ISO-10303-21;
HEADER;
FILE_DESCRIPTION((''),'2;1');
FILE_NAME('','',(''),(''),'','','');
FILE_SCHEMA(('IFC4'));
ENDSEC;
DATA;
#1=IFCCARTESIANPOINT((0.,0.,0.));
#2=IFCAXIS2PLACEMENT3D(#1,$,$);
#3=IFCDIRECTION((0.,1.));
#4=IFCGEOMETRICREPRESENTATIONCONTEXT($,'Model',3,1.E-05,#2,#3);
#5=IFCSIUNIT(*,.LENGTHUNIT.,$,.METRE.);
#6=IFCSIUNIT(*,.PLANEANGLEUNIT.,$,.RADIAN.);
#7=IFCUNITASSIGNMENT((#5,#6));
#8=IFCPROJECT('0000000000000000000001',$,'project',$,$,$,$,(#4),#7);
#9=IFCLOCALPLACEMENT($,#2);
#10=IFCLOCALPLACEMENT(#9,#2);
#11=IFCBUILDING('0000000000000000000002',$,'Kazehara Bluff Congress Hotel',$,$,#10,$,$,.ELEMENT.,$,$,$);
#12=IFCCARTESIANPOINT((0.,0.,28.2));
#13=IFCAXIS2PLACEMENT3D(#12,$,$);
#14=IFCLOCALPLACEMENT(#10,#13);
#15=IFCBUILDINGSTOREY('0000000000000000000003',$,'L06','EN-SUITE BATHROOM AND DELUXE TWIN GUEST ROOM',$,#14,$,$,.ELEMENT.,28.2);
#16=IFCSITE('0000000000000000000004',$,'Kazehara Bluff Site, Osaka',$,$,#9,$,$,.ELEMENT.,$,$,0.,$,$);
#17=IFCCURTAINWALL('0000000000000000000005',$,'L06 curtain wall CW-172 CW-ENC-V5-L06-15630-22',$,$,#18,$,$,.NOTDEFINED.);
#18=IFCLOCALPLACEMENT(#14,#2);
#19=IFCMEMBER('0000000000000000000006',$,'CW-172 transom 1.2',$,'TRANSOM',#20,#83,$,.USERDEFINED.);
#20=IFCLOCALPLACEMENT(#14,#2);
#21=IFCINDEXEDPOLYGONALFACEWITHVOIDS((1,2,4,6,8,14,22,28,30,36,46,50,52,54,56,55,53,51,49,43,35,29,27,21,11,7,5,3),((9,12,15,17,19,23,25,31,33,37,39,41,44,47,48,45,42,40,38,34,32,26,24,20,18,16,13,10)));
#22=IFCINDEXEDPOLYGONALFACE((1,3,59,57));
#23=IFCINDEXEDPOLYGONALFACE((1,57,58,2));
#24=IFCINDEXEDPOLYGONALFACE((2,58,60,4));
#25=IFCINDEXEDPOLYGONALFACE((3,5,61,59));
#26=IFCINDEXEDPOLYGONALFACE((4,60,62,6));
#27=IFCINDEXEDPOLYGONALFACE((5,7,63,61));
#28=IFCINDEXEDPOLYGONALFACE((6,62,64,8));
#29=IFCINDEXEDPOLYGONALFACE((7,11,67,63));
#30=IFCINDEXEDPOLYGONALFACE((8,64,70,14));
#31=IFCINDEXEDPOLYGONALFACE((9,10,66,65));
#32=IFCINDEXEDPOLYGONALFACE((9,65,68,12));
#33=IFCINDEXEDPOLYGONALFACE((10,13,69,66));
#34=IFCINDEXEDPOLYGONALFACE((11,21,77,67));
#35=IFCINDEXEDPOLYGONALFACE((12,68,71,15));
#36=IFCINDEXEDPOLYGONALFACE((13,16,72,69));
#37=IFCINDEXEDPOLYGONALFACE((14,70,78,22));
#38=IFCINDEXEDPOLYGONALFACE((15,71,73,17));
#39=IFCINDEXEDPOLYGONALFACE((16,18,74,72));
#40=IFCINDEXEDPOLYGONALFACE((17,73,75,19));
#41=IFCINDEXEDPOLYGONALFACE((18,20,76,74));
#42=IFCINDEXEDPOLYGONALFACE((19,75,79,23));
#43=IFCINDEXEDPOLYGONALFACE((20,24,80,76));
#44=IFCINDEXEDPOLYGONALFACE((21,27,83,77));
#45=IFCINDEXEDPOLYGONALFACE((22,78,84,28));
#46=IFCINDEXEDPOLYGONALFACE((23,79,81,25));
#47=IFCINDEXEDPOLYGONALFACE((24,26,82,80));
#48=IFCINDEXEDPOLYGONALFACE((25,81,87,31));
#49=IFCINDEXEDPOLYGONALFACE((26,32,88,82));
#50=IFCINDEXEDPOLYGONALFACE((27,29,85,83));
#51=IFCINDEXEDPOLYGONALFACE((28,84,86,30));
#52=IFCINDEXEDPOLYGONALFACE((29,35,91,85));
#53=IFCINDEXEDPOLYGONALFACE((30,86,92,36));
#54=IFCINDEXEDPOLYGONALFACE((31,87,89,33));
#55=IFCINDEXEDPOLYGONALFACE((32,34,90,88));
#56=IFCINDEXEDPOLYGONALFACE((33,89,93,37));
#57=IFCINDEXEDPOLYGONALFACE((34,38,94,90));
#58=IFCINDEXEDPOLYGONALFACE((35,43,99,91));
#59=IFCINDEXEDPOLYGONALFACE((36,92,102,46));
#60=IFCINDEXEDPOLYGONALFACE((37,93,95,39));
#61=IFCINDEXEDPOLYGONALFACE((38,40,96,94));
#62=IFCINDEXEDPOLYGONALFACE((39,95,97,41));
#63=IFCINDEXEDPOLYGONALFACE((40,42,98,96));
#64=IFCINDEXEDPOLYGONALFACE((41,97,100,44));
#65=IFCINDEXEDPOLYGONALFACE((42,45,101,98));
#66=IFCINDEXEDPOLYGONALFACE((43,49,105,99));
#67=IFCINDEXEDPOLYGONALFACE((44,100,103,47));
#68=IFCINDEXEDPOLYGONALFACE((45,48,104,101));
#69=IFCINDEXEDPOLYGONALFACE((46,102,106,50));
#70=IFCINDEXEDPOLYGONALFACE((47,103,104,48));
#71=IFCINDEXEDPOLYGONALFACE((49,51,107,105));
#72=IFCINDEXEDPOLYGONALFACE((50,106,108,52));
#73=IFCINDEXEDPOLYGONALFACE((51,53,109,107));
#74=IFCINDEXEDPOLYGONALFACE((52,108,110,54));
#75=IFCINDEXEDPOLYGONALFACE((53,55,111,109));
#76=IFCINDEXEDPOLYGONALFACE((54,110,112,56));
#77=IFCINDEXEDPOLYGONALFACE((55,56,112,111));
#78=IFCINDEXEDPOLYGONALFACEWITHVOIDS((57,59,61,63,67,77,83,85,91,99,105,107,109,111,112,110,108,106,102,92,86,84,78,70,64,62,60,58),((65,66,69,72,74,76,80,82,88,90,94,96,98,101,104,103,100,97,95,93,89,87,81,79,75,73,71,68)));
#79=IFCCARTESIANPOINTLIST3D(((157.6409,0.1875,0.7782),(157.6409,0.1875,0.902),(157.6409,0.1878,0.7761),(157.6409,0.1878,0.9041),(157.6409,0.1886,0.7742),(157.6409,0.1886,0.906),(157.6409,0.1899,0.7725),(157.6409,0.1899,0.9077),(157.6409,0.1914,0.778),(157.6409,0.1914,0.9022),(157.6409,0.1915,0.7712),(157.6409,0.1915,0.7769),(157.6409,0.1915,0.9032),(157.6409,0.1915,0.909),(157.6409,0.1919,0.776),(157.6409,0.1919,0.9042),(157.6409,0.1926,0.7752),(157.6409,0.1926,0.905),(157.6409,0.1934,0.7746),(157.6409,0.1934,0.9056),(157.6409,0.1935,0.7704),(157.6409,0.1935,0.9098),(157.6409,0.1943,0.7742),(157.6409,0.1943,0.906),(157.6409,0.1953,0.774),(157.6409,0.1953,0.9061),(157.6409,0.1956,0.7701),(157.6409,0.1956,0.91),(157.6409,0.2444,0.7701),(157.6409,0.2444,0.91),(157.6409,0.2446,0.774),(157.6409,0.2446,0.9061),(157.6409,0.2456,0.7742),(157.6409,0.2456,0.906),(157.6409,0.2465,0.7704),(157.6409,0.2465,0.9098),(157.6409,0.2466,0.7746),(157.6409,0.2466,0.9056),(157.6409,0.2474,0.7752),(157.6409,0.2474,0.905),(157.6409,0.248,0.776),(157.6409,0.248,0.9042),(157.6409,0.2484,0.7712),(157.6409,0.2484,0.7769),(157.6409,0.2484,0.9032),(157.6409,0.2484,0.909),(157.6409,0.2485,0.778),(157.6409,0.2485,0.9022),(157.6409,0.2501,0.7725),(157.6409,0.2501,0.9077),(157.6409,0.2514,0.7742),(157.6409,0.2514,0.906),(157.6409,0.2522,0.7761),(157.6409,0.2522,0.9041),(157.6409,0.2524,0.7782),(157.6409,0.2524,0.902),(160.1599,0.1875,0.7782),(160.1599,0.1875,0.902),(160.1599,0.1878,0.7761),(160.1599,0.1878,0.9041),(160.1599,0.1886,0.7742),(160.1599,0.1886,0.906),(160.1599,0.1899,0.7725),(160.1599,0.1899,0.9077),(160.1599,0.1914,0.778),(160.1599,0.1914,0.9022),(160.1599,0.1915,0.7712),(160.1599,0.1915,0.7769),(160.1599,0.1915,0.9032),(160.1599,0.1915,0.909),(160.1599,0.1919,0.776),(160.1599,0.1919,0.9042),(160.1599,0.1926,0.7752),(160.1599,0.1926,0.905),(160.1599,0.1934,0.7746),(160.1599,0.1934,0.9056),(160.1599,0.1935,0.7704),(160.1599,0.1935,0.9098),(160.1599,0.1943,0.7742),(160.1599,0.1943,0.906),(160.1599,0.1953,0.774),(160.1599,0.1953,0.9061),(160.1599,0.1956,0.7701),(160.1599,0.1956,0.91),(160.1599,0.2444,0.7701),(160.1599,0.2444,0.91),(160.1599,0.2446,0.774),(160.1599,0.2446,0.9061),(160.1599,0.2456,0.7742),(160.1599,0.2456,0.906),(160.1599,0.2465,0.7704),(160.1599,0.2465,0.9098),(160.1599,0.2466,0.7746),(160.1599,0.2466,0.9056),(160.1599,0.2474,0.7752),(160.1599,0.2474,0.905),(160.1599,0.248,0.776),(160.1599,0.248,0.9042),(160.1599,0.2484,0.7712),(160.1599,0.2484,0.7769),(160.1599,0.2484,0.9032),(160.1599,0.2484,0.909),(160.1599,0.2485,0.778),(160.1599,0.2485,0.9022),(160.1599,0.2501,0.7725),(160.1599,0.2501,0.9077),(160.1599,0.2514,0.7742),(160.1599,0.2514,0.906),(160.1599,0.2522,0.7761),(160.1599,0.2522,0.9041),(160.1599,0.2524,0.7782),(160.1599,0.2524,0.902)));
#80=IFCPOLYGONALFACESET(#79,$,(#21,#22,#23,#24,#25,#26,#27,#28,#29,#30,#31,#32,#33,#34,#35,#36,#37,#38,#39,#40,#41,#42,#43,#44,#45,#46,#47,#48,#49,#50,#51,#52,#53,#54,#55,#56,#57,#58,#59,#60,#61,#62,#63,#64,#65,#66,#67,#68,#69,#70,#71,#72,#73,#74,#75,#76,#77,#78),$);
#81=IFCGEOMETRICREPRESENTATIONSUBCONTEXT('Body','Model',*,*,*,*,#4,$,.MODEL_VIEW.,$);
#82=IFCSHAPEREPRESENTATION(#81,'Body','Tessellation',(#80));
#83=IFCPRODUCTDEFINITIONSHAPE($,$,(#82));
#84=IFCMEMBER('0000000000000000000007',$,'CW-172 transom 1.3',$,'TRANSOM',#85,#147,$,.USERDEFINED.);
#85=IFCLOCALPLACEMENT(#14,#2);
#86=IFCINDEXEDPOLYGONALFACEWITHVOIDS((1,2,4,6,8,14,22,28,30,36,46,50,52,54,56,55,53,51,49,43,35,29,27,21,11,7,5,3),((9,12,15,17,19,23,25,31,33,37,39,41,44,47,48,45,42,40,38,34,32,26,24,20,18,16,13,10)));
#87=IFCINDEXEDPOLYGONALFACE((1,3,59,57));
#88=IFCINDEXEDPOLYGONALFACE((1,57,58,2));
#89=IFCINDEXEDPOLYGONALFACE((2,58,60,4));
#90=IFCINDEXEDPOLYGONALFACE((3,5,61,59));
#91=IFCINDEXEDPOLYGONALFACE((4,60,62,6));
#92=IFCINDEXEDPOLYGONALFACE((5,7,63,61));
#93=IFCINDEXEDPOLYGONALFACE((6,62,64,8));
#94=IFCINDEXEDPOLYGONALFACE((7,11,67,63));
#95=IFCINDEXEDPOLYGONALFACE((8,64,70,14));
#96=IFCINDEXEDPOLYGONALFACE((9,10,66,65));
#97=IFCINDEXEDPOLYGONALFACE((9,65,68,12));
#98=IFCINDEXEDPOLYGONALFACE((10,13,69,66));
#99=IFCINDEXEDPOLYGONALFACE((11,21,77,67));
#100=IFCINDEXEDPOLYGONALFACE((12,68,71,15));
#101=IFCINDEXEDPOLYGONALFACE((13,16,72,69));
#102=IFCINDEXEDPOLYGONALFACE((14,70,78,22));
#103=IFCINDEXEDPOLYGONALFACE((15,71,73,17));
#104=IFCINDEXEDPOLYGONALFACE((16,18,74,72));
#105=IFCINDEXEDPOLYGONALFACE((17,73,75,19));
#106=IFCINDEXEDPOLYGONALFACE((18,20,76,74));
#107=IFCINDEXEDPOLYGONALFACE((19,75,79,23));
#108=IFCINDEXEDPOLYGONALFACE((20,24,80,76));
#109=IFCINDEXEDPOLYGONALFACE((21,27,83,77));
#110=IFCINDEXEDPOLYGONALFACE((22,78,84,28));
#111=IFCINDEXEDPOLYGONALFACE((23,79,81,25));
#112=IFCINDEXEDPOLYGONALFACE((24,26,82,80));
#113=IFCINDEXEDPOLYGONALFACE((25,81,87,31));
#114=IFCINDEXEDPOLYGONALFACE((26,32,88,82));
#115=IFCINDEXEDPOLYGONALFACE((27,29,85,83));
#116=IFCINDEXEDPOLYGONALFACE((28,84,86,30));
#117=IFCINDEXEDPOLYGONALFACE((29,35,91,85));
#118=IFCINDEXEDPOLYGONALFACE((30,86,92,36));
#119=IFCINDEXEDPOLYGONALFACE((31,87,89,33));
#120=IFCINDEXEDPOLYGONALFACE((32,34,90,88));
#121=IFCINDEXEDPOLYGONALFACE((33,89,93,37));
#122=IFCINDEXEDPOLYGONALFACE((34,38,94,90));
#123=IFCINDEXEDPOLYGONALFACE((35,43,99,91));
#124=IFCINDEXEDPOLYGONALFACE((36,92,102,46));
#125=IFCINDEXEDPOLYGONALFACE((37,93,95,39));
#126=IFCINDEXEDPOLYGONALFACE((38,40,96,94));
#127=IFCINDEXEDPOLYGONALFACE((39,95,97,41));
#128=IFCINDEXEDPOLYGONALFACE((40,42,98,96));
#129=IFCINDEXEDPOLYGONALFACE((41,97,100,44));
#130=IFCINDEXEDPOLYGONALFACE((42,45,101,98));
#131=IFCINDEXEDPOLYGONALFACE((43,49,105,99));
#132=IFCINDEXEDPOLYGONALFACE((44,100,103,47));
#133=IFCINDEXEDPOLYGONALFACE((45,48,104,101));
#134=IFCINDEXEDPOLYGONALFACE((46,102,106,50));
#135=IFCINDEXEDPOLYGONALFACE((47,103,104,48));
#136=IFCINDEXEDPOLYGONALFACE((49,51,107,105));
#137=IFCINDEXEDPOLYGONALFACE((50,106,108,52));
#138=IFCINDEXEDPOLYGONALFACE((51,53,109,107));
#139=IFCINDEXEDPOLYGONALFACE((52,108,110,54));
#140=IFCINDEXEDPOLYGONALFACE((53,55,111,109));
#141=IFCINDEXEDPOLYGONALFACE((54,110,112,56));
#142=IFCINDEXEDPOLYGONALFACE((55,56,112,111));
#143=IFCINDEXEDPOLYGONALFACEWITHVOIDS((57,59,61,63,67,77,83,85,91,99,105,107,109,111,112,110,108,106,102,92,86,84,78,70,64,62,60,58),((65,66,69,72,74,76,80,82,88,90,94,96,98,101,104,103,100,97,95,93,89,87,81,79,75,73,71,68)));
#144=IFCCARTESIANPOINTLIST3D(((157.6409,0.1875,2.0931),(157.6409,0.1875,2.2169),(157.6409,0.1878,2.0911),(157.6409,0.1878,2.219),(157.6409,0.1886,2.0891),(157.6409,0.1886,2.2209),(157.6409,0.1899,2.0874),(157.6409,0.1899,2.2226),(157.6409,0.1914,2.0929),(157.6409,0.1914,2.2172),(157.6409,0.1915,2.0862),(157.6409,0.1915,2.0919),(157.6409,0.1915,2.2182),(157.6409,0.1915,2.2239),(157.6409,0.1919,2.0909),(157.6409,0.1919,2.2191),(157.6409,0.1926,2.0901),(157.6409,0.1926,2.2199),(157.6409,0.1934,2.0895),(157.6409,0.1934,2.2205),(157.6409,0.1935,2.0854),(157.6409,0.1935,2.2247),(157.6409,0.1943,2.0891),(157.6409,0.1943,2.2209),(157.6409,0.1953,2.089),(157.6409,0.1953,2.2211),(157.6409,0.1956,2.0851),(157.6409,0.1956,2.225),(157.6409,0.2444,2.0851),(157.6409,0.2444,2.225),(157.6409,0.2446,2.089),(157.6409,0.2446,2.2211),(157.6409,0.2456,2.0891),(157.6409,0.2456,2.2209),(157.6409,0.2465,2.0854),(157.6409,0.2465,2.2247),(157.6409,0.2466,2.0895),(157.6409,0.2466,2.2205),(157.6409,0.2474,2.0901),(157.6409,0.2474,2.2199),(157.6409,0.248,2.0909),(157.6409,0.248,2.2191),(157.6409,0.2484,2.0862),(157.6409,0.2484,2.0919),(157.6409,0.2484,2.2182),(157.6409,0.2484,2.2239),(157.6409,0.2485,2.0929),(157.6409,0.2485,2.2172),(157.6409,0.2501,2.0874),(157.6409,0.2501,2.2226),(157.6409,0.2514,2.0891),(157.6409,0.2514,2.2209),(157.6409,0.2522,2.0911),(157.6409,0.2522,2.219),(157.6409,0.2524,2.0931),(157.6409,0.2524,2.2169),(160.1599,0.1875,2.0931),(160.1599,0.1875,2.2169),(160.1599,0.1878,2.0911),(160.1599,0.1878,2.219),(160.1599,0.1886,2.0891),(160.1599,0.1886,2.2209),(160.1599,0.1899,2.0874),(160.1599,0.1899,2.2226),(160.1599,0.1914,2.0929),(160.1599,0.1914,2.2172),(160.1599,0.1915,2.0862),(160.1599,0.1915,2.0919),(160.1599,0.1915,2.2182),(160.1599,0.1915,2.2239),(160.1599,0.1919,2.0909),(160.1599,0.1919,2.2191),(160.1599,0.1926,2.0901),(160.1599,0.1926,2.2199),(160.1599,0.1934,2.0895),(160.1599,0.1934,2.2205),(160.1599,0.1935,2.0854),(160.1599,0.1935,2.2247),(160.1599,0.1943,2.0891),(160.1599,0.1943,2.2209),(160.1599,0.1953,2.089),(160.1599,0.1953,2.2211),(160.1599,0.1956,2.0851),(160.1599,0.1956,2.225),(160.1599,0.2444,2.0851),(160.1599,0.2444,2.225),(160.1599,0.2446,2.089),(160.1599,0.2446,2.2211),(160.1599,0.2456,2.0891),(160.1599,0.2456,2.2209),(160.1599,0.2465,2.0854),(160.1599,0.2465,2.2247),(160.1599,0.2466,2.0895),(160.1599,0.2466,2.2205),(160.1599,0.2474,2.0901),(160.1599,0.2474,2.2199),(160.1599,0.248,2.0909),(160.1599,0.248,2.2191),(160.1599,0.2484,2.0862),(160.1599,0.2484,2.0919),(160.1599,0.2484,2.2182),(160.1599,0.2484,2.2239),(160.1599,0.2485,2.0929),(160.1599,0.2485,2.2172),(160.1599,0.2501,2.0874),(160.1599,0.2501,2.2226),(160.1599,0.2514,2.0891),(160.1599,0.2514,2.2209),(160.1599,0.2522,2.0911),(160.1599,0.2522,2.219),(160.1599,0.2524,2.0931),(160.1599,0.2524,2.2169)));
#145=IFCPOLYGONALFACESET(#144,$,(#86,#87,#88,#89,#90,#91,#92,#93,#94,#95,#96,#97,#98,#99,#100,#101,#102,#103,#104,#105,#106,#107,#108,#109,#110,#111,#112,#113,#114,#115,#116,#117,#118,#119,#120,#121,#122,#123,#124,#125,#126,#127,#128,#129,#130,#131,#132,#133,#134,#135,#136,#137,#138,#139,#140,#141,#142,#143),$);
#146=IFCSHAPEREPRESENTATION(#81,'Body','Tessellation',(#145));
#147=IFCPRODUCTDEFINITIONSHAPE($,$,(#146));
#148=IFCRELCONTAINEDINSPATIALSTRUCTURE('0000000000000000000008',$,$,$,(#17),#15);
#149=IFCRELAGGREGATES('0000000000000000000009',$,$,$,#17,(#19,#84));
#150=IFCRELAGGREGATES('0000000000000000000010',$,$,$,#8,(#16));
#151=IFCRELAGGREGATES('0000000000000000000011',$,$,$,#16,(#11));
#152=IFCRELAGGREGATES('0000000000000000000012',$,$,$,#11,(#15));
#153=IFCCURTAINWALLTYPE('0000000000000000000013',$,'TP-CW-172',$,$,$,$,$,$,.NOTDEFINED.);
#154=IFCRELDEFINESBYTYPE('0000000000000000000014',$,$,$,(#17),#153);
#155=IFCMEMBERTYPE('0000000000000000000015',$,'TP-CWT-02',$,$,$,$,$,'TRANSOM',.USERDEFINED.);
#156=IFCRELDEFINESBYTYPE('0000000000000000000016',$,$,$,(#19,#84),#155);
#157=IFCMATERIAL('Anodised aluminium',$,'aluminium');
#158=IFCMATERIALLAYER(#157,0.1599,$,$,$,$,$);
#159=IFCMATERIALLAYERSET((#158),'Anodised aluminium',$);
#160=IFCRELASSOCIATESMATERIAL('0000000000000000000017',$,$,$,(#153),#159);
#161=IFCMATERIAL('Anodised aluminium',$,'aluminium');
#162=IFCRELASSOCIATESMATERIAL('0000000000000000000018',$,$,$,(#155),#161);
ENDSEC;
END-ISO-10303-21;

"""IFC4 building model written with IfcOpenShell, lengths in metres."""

from ifc_helpers import new_model, si_unit, direction, frame, origin, origin_2d, place, context, subcontext, project, spatial, hollow_rectangle, extrude, material, layer, layer_set, material_profile, profile_set, type_object, element, aggregate, save


model = new_model("IFC4")

# Units and contexts
model_context = context("Model", 3, precision=1e-05, world=origin(), true_north=direction((0.0, 1.0)))
body_context = subcontext(model_context, "Body", "Model", "MODEL_VIEW")
ifc_project = project(units=[si_unit("LENGTHUNIT", "METRE"), si_unit("PLANEANGLEUNIT", "RADIAN")], contexts=[model_context])

# Site, building, storey
site_placement = place(None, origin())
site = spatial("IfcSite", under=ifc_project, at=site_placement, Name="Kazehara Bluff Site, Osaka", CompositionType="ELEMENT", RefElevation=0.0)
building_placement = place(site_placement, origin())
building = spatial("IfcBuilding", under=site, at=building_placement, Name="Kazehara Bluff Congress Hotel", CompositionType="ELEMENT")
storey_placement = place(building_placement, frame((0.0, 0.0, 28.2)))
storey = spatial("IfcBuildingStorey", under=building, at=storey_placement, Name="L06", Description="EN-SUITE BATHROOM AND DELUXE TWIN GUEST ROOM", CompositionType="ELEMENT", Elevation=28.2)

# Curtain wall
ifc_material_1 = material(Name="Anodised aluminium", Category="aluminium")
ifc_layer_1 = layer(ifc_material_1, 0.1599)
ifc_layer_set_1 = layer_set([ifc_layer_1], Name="Anodised aluminium")
curtain_wall_type_1 = type_object("IfcCurtainWallType", Name="TP-CW-172", PredefinedType="NOTDEFINED", material=ifc_layer_set_1)
curtain_wall_1_placement = place(storey_placement, origin())
curtain_wall_1 = element("IfcCurtainWall", 1, at=curtain_wall_1_placement, inside=storey, type_object=curtain_wall_type_1, Name="L06 curtain wall CW-172 CW-ENC-V5-L06-15630-22", PredefinedType="NOTDEFINED")

# Members
ifc_material_2 = material(Name="Anodised aluminium", Category="aluminium")
ifc_material_profile_1 = material_profile(ifc_material_2, hollow_rectangle(XDim=0.0649, YDim=0.1399, WallThickness=0.0039, InnerFilletRadius=0.0039, OuterFilletRadius=0.0081, at=origin_2d()))
ifc_profile_set_1 = profile_set([ifc_material_profile_1], Name="Anodised aluminium")
member_type_1 = type_object("IfcMemberType", Name="TP-CWT-02", ElementType="TRANSOM", PredefinedType="USERDEFINED", material=ifc_profile_set_1)
member_1_placement = place(storey_placement, frame((160.1599, 0.22, 0.8401), z_axis=(-1.0, 0.0, 0.0), x_axis=(0.0, -1.0, 0.0)))
member_1 = element("IfcMember", 2, at=member_1_placement, type_object=member_type_1, Name="CW-172 transom 1.2", ObjectType="TRANSOM", PredefinedType="USERDEFINED", context=body_context, shape_type="SweptSolid", body=[
    extrude(hollow_rectangle(XDim=0.0649, YDim=0.1399, WallThickness=0.0039, InnerFilletRadius=0.0039, OuterFilletRadius=0.0081, at=origin_2d()), origin(), (0.0, 0.0, 1.0), 2.519),
])
member_2_placement = place(storey_placement, frame((160.1599, 0.22, 2.155), z_axis=(-1.0, 0.0, 0.0), x_axis=(0.0, -1.0, 0.0)))
member_2 = element("IfcMember", 3, at=member_2_placement, type_object=member_type_1, Name="CW-172 transom 1.3", ObjectType="TRANSOM", PredefinedType="USERDEFINED", context=body_context, shape_type="SweptSolid", body=[
    extrude(hollow_rectangle(XDim=0.0649, YDim=0.1399, WallThickness=0.0039, InnerFilletRadius=0.0039, OuterFilletRadius=0.0081, at=origin_2d()), origin(), (0.0, 0.0, 1.0), 2.519),
])
aggregate(curtain_wall_1, [member_1, member_2])

save(model, "model.ifc")
